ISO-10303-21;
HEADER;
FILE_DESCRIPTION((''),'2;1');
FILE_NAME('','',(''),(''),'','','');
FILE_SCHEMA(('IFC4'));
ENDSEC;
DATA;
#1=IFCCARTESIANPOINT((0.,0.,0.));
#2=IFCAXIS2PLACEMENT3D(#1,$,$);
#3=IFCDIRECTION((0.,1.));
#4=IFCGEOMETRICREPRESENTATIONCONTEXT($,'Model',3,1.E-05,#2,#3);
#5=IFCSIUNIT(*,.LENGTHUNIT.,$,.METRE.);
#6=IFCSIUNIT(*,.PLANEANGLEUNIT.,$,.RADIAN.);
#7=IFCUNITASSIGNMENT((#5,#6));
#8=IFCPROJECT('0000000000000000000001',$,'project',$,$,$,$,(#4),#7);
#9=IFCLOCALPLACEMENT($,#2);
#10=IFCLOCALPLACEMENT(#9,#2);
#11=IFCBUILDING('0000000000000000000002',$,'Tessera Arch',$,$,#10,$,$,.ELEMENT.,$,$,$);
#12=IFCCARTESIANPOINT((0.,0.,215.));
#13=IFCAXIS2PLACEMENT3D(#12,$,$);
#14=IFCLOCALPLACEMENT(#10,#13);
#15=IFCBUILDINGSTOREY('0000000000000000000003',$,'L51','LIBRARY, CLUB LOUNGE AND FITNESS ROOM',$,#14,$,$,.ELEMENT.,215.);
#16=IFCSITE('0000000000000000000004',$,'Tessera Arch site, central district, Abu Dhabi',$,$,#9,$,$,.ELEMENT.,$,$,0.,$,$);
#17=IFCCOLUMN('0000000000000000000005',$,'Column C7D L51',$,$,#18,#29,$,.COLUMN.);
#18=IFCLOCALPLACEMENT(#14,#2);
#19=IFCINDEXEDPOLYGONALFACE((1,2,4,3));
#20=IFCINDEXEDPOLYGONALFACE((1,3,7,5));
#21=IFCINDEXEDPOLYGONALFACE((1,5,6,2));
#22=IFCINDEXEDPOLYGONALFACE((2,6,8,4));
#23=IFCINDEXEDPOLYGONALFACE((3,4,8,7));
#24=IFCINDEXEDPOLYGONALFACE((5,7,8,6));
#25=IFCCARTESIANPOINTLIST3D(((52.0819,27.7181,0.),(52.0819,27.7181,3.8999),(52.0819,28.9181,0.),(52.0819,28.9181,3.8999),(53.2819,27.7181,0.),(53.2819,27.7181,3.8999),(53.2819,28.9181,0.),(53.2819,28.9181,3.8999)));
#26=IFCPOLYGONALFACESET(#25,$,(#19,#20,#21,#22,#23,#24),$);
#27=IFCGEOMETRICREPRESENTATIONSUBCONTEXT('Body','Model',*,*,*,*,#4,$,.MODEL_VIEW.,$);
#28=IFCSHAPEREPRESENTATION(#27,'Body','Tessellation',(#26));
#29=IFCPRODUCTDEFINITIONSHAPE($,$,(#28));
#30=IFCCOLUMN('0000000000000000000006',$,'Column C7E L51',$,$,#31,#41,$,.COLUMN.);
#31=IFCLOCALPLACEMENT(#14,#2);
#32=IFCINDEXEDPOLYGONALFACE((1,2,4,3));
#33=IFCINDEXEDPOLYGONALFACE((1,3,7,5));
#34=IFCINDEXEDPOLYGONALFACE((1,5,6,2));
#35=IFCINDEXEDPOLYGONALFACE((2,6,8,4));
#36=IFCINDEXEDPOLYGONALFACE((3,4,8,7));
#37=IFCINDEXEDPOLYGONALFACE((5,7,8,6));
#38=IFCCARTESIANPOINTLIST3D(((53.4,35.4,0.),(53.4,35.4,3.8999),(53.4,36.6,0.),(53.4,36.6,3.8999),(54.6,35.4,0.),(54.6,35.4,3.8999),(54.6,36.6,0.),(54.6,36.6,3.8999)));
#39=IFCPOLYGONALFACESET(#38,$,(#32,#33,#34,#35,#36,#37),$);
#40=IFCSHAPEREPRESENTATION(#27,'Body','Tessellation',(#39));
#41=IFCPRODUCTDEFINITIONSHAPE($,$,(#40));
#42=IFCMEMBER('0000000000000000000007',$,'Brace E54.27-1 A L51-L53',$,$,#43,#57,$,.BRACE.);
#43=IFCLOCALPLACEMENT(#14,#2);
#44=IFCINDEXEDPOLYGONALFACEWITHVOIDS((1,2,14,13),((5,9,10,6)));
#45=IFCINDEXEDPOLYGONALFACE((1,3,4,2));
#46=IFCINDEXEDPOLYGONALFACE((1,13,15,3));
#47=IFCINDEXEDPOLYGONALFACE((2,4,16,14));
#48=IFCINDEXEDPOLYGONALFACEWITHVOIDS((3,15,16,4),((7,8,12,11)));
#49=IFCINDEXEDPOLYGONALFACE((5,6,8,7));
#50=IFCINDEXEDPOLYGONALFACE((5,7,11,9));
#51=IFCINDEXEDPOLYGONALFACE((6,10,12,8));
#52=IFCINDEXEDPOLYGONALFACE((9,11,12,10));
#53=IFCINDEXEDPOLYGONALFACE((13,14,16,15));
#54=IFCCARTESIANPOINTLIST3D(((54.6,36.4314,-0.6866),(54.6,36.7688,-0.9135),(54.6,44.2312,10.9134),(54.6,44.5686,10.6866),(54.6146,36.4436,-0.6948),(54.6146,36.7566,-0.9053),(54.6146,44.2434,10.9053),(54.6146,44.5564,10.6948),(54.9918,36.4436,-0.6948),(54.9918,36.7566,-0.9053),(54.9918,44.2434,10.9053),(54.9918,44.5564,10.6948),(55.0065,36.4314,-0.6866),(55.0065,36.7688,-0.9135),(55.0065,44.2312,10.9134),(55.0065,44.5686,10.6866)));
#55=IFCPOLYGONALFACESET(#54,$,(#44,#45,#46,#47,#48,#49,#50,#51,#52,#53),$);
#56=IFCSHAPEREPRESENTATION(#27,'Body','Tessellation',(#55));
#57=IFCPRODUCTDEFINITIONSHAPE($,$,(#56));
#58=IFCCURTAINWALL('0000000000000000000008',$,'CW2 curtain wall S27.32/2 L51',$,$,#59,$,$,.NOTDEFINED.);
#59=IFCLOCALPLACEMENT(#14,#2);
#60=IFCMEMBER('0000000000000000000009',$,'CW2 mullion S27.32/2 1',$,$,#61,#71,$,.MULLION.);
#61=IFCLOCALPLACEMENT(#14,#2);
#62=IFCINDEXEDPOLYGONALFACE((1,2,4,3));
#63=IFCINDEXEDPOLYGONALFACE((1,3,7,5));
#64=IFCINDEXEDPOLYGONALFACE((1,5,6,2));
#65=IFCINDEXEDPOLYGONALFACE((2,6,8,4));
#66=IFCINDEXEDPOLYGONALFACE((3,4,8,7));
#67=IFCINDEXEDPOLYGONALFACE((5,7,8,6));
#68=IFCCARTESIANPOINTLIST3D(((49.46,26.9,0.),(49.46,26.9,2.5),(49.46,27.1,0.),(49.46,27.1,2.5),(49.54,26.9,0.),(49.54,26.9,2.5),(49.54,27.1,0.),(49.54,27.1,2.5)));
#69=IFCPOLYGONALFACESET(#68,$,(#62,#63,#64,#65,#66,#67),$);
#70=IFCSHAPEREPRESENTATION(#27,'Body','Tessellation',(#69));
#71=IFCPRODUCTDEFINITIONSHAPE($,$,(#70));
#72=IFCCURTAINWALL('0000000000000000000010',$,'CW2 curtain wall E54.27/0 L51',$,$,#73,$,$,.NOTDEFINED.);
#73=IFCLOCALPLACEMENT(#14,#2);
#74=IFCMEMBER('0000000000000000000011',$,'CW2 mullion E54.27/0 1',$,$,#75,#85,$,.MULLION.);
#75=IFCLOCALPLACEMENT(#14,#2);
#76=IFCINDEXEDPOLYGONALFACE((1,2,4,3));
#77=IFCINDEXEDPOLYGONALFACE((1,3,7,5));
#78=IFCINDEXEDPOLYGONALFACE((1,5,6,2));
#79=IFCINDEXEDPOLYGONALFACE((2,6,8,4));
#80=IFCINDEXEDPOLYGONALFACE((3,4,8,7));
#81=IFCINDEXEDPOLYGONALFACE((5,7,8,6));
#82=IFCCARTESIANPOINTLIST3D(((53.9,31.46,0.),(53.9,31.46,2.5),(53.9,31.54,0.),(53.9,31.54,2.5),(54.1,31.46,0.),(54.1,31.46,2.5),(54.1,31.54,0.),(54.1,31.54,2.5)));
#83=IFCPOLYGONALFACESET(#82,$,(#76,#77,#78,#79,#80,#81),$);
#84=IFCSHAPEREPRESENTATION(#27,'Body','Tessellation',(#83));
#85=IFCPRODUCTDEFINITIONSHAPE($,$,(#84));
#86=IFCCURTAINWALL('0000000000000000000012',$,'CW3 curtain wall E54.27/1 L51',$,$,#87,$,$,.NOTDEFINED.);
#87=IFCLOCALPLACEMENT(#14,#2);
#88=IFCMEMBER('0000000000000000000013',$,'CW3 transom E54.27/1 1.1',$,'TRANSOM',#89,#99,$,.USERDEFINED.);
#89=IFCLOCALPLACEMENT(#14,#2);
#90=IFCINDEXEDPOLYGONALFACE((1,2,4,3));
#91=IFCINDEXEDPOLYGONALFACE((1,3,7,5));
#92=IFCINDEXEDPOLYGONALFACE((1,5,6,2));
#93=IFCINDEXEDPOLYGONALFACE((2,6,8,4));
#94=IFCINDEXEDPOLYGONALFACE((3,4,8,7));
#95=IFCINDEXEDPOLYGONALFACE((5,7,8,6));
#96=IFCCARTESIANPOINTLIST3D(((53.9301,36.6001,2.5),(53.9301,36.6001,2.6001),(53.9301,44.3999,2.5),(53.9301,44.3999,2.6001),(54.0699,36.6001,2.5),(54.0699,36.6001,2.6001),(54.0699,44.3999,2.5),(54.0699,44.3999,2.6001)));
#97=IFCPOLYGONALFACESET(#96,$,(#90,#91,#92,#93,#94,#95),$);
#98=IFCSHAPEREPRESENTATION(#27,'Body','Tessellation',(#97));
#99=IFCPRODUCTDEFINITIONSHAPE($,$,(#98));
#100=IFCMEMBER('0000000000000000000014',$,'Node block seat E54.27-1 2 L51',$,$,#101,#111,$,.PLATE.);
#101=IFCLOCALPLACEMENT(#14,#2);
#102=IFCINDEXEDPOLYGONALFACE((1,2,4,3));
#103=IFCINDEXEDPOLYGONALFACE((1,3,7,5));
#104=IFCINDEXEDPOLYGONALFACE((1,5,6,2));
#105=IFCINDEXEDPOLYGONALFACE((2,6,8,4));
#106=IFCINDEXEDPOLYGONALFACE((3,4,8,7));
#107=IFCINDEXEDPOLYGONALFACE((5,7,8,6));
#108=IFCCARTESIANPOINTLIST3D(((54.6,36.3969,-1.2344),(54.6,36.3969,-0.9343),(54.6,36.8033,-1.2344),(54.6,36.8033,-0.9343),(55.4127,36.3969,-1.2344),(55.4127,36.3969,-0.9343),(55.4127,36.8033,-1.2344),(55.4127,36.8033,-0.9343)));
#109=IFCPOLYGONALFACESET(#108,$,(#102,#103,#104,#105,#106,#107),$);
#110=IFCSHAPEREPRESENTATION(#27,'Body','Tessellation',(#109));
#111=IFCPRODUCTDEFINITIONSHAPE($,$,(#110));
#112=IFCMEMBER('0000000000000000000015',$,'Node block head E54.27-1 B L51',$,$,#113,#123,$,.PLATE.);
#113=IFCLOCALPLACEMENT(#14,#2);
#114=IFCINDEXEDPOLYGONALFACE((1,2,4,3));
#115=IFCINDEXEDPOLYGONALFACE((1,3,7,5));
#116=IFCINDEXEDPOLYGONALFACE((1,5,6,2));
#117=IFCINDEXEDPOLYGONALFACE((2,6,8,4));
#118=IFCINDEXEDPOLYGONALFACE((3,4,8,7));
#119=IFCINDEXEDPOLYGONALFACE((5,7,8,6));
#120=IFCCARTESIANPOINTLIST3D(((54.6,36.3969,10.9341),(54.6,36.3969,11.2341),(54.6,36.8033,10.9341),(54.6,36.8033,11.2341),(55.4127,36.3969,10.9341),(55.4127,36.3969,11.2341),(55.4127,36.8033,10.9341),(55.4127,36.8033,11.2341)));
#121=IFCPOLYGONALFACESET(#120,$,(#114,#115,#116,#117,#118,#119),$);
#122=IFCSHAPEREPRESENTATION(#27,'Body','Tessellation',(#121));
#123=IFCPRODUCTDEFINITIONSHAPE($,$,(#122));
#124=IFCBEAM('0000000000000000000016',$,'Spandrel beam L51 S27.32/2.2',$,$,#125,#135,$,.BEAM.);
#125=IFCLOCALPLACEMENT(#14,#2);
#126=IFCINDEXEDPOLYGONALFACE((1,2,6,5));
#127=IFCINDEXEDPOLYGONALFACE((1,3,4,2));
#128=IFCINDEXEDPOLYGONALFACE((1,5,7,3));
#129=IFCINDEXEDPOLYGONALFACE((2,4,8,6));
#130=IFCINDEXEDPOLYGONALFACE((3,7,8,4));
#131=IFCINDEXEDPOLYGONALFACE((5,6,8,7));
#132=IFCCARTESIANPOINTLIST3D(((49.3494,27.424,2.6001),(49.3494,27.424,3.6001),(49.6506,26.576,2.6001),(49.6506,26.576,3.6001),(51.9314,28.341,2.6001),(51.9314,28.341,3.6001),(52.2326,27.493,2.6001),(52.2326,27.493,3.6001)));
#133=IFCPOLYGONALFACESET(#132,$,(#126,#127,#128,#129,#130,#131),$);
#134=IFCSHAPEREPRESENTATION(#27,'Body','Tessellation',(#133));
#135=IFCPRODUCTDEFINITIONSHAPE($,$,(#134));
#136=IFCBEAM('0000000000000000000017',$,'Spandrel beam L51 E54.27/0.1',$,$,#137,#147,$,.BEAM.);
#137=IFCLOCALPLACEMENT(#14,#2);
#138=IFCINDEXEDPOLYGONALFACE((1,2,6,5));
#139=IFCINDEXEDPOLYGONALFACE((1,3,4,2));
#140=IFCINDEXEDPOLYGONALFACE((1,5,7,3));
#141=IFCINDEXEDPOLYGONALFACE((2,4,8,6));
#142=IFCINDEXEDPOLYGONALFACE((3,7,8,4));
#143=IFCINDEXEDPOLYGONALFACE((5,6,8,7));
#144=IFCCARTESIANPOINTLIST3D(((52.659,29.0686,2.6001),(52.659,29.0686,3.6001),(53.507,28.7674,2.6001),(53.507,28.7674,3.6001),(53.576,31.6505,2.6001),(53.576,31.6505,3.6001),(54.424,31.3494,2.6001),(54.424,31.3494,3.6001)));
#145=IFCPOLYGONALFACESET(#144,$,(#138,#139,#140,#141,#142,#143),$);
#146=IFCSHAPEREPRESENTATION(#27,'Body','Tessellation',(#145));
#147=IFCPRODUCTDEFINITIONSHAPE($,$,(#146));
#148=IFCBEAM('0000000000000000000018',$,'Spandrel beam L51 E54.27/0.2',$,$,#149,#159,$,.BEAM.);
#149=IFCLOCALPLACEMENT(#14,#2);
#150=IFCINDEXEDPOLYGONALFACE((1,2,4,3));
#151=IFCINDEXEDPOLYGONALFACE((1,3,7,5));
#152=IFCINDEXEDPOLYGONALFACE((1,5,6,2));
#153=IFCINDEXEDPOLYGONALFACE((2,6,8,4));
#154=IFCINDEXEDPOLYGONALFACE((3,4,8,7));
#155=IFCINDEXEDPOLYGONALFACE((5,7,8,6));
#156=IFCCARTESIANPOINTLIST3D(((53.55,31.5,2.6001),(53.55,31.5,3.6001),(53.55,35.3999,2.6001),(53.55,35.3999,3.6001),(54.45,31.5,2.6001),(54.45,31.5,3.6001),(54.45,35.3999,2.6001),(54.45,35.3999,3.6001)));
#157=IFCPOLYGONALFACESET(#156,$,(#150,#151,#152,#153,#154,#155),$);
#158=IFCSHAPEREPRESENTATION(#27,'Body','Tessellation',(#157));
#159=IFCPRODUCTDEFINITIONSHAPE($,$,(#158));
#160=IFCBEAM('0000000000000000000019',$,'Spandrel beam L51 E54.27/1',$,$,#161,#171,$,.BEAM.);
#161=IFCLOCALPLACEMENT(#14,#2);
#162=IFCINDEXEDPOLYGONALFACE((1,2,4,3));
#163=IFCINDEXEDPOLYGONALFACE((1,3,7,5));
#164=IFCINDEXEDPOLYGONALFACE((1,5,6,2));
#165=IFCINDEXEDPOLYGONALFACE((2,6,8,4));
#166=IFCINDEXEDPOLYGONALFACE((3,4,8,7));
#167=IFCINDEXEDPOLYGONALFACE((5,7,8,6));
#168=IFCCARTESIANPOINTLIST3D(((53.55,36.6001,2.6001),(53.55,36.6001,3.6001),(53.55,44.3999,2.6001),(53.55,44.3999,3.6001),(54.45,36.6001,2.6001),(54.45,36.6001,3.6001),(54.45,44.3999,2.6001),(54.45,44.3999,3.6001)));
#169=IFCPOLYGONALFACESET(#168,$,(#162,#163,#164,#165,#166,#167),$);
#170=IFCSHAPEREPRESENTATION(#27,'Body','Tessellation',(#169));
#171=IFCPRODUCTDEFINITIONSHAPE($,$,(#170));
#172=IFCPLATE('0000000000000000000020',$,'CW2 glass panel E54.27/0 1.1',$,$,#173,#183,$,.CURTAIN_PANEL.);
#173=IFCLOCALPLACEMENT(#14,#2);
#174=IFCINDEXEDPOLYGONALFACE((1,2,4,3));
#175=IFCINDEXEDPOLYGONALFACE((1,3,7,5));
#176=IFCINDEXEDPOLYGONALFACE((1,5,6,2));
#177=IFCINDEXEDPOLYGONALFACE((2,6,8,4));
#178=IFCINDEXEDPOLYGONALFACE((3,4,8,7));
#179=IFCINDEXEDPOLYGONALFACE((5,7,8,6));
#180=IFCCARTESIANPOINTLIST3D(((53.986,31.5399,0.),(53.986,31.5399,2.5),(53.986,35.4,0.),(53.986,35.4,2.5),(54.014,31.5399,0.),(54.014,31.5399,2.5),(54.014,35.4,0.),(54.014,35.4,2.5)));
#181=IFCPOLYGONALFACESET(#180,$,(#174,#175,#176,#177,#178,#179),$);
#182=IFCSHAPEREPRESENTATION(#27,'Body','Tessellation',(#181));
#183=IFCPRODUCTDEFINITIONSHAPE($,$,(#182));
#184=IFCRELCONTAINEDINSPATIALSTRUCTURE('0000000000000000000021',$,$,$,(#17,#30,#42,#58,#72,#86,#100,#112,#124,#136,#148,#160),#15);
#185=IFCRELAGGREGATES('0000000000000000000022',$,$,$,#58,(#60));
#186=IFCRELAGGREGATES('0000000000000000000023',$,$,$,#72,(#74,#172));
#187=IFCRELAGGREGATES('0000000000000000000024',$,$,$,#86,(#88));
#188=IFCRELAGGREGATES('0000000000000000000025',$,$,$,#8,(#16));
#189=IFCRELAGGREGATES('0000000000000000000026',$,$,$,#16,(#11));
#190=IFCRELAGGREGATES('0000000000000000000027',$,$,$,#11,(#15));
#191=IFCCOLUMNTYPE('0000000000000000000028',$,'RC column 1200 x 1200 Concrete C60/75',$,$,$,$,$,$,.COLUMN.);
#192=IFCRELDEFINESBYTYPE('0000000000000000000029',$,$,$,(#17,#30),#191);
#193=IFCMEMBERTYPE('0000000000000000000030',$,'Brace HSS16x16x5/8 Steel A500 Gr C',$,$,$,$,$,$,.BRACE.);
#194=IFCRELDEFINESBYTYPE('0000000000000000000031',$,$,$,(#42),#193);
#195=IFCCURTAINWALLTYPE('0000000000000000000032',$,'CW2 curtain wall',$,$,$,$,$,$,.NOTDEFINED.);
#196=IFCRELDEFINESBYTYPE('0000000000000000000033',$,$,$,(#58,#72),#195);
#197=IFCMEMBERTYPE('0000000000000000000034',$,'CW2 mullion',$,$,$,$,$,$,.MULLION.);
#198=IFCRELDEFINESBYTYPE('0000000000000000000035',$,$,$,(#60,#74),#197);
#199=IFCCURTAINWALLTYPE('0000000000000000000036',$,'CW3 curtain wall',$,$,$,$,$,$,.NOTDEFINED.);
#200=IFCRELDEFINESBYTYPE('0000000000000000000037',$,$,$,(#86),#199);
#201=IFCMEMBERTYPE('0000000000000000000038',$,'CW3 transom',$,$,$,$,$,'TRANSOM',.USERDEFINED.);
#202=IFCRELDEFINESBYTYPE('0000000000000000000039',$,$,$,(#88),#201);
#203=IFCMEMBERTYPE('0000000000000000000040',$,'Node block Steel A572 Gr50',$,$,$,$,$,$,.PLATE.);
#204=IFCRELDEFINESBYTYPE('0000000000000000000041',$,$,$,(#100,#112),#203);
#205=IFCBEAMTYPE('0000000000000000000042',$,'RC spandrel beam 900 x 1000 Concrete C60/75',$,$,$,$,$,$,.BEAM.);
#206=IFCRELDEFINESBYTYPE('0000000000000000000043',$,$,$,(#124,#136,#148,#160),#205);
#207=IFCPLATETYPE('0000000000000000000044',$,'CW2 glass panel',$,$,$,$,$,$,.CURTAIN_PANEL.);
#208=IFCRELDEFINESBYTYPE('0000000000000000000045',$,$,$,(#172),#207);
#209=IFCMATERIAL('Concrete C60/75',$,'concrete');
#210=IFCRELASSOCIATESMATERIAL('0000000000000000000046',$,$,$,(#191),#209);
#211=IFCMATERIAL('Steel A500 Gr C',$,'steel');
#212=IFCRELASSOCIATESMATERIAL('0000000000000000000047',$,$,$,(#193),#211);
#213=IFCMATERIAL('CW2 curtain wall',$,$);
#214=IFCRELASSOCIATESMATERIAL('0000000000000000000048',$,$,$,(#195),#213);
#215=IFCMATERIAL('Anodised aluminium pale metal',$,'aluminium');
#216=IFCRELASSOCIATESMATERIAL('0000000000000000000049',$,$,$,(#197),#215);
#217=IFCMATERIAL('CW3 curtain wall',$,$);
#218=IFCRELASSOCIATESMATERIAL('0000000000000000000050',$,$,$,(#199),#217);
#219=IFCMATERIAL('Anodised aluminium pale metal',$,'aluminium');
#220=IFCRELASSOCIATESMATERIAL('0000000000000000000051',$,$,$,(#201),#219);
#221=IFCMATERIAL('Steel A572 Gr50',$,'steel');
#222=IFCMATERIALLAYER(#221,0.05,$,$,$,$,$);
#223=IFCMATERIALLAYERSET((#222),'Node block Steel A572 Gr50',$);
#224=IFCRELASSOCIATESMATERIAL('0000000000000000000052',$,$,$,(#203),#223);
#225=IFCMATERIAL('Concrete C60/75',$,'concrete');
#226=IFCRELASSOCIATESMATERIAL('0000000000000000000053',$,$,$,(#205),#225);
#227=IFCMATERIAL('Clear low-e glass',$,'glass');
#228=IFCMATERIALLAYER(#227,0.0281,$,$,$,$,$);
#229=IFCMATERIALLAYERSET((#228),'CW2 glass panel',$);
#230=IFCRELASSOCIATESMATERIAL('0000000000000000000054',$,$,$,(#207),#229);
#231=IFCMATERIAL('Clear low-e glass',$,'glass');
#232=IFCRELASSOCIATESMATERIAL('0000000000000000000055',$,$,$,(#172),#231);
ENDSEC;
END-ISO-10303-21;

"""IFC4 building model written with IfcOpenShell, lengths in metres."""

from ifc_helpers import new_model, si_unit, direction, frame, origin, origin_2d, place, context, subcontext, project, spatial, rectangle, hollow_rectangle, extrude, material, layer, layer_set, material_profile, profile_set, type_object, element, aggregate, save


model = new_model("IFC4")

# Units and contexts
model_context = context("Model", 3, precision=1e-05, world=origin(), true_north=direction((0.0, 1.0)))
body_context = subcontext(model_context, "Body", "Model", "MODEL_VIEW")
ifc_project = project(units=[si_unit("LENGTHUNIT", "METRE"), si_unit("PLANEANGLEUNIT", "RADIAN")], contexts=[model_context])

# Site, building, storey
site_placement = place(None, origin())
site = spatial("IfcSite", under=ifc_project, at=site_placement, Name="Tessera Arch site, central district, Abu Dhabi", CompositionType="ELEMENT", RefElevation=0.0)
building_placement = place(site_placement, origin())
building = spatial("IfcBuilding", under=site, at=building_placement, Name="Tessera Arch", CompositionType="ELEMENT")
storey_placement = place(building_placement, frame((0.0, 0.0, 215.0)))
storey = spatial("IfcBuildingStorey", under=building, at=storey_placement, Name="L51", Description="LIBRARY, CLUB LOUNGE AND FITNESS ROOM", CompositionType="ELEMENT", Elevation=215.0)

# Columns
ifc_material_1 = material(Name="Concrete C60/75", Category="concrete")
ifc_material_profile_1 = material_profile(ifc_material_1, rectangle(XDim=1.2, YDim=1.2, at=origin_2d()), Name="RC column 1200 x 1200 Concrete C60/75")
ifc_profile_set_1 = profile_set([ifc_material_profile_1], Name="Concrete C60/75")
column_type = type_object("IfcColumnType", Name="RC column 1200 x 1200 Concrete C60/75", PredefinedType="COLUMN", material=ifc_profile_set_1)
for number, where, z_axis, x_axis, name in (
    (1, (52.6819, 28.3181, 0.0), (0.0, 0.0, 1.0), (1.0, 0.0, 0.0), "Column C7D L51"),
    (2, (54.0, 36.0, 0.0), (0.0, 0.0, 1.0), (1.0, 0.0, 0.0), "Column C7E L51"),
):
    element("IfcColumn", number, at=place(storey_placement, frame(where, z_axis=z_axis, x_axis=x_axis)), inside=storey, type_object=column_type, Name=name, PredefinedType="COLUMN", context=body_context, shape_type="SweptSolid", body=[
        extrude(rectangle(XDim=1.2, YDim=1.2, at=origin_2d()), origin(), (0.0, 0.0, 1.0), 3.8999),
    ])

# Member
ifc_material_2 = material(Name="Steel A500 Gr C", Category="steel")
ifc_material_profile_2 = material_profile(ifc_material_2, hollow_rectangle(XDim=0.4065, YDim=0.4065, WallThickness=0.0146, at=origin_2d()), Name="HSS16x16x5/8")
ifc_profile_set_2 = profile_set([ifc_material_profile_2], Name="Steel A500 Gr C")
member_type_1 = type_object("IfcMemberType", Name="Brace HSS16x16x5/8 Steel A500 Gr C", PredefinedType="BRACE", material=ifc_profile_set_2)
member_1_placement = place(storey_placement, frame((54.8032, 36.6001, -0.8), z_axis=(0.0, 0.557985, 0.829851), x_axis=(-1.0, 0.0, 0.0)))
element("IfcMember", 3, at=member_1_placement, inside=storey, type_object=member_type_1, Name="Brace E54.27-1 A L51-L53", PredefinedType="BRACE", context=body_context, shape_type="SweptSolid", body=[
    extrude(hollow_rectangle(XDim=0.4065, YDim=0.4065, WallThickness=0.0146, at=origin_2d()), origin(), (0.0, 0.0, 1.0), 13.9785),
])

# Curtain walls, members
ifc_material_3 = material(Name="CW2 curtain wall")
curtain_wall_type_1 = type_object("IfcCurtainWallType", Name="CW2 curtain wall", PredefinedType="NOTDEFINED", material=ifc_material_3)
curtain_wall_1_placement = place(storey_placement, origin())
curtain_wall_1 = element("IfcCurtainWall", 4, at=curtain_wall_1_placement, inside=storey, type_object=curtain_wall_type_1, Name="CW2 curtain wall S27.32/2 L51", PredefinedType="NOTDEFINED")
ifc_material_4 = material(Name="Anodised aluminium pale metal", Category="aluminium")
ifc_material_profile_3 = material_profile(ifc_material_4, rectangle(XDim=0.2, YDim=0.0801, at=origin_2d()), Name="AL 80x200")
ifc_profile_set_3 = profile_set([ifc_material_profile_3], Name="Anodised aluminium pale metal")
member_type_2 = type_object("IfcMemberType", Name="CW2 mullion", PredefinedType="MULLION", material=ifc_profile_set_3)
member_2_placement = place(storey_placement, frame((49.5, 27.0, 0.0), z_axis=(0.0, 0.0, 1.0), x_axis=(0.0, 1.0, 0.0)))
member_2 = element("IfcMember", 5, at=member_2_placement, type_object=member_type_2, Name="CW2 mullion S27.32/2 1", PredefinedType="MULLION", context=body_context, shape_type="SweptSolid", body=[
    extrude(rectangle(XDim=0.2, YDim=0.0801, at=origin_2d()), origin(), (0.0, 0.0, 1.0), 2.5),
])
aggregate(curtain_wall_1, [member_2])
curtain_wall_2_placement = place(storey_placement, origin())
curtain_wall_2 = element("IfcCurtainWall", 6, at=curtain_wall_2_placement, inside=storey, type_object=curtain_wall_type_1, Name="CW2 curtain wall E54.27/0 L51", PredefinedType="NOTDEFINED")
member_3_placement = place(storey_placement, frame((54.0, 31.5, 0.0), z_axis=(0.0, 0.0, 1.0), x_axis=(-1.0, 0.0, 0.0)))
member_3 = element("IfcMember", 7, at=member_3_placement, type_object=member_type_2, Name="CW2 mullion E54.27/0 1", PredefinedType="MULLION", context=body_context, shape_type="SweptSolid", body=[
    extrude(rectangle(XDim=0.2, YDim=0.0801, at=origin_2d()), origin(), (0.0, 0.0, 1.0), 2.5),
])
ifc_material_5 = material(Name="CW3 curtain wall")
curtain_wall_type_2 = type_object("IfcCurtainWallType", Name="CW3 curtain wall", PredefinedType="NOTDEFINED", material=ifc_material_5)
curtain_wall_3_placement = place(storey_placement, origin())
curtain_wall_3 = element("IfcCurtainWall", 8, at=curtain_wall_3_placement, inside=storey, type_object=curtain_wall_type_2, Name="CW3 curtain wall E54.27/1 L51", PredefinedType="NOTDEFINED")
ifc_material_6 = material(Name="Anodised aluminium pale metal", Category="aluminium")
ifc_material_profile_4 = material_profile(ifc_material_6, rectangle(XDim=0.1399, YDim=0.1001, at=origin_2d()), Name="AL 140x100")
ifc_profile_set_4 = profile_set([ifc_material_profile_4], Name="Anodised aluminium pale metal")
member_type_3 = type_object("IfcMemberType", Name="CW3 transom", ElementType="TRANSOM", PredefinedType="USERDEFINED", material=ifc_profile_set_4)
member_4_placement = place(storey_placement, frame((54.0, 36.6001, 2.55), z_axis=(0.0, 1.0, 0.0), x_axis=(-1.0, 0.0, 0.0)))
member_4 = element("IfcMember", 9, at=member_4_placement, type_object=member_type_3, Name="CW3 transom E54.27/1 1.1", ObjectType="TRANSOM", PredefinedType="USERDEFINED", context=body_context, shape_type="SweptSolid", body=[
    extrude(rectangle(XDim=0.1399, YDim=0.1001, at=origin_2d()), origin(), (0.0, 0.0, 1.0), 7.7998),
])

# Members
ifc_material_7 = material(Name="Steel A572 Gr50", Category="steel")
ifc_layer_1 = layer(ifc_material_7, 0.05)
ifc_layer_set_1 = layer_set([ifc_layer_1], Name="Node block Steel A572 Gr50")
member_type_4 = type_object("IfcMemberType", Name="Node block Steel A572 Gr50", PredefinedType="PLATE", material=ifc_layer_set_1)
for number, where, z_axis, x_axis, name in (
    (10, (55.0063, 36.6001, -1.2344), (0.0, 0.0, 1.0), (0.0, 1.0, 0.0), "Node block seat E54.27-1 2 L51"),
    (11, (55.0063, 36.6001, 10.9341), (0.0, 0.0, 1.0), (0.0, 1.0, 0.0), "Node block head E54.27-1 B L51"),
):
    element("IfcMember", number, at=place(storey_placement, frame(where, z_axis=z_axis, x_axis=x_axis)), inside=storey, type_object=member_type_4, Name=name, PredefinedType="PLATE", context=body_context, shape_type="SweptSolid", body=[
        extrude(rectangle(XDim=0.4065, YDim=0.8127, at=origin_2d()), origin(), (0.0, 0.0, 1.0), 0.3),
    ])

# Beams
ifc_material_8 = material(Name="Concrete C60/75", Category="concrete")
ifc_material_profile_5 = material_profile(ifc_material_8, rectangle(XDim=0.8999, YDim=1.0, at=origin_2d()), Name="RC spandrel beam 900 x 1000 Concrete C60/75")
ifc_profile_set_5 = profile_set([ifc_material_profile_5], Name="Concrete C60/75")
beam_type = type_object("IfcBeamType", Name="RC spandrel beam 900 x 1000 Concrete C60/75", PredefinedType="BEAM", material=ifc_profile_set_5)
for number, where, z_axis, x_axis, name in (
    (12, (49.5, 27.0, 3.1001), (0.942337, 0.334665, 0.0), (-0.334665, 0.942337, 0.0), "Spandrel beam L51 S27.32/2.2"),
    (13, (53.083, 28.918, 3.1001), (0.334665, 0.942337, 0.0), (-0.942337, 0.334665, 0.0), "Spandrel beam L51 E54.27/0.1"),
):
    element("IfcBeam", number, at=place(storey_placement, frame(where, z_axis=z_axis, x_axis=x_axis)), inside=storey, type_object=beam_type, Name=name, PredefinedType="BEAM", context=body_context, shape_type="SweptSolid", body=[
        extrude(rectangle(XDim=0.8999, YDim=1.0, at=origin_2d()), origin(), (0.0, 0.0, 1.0), 2.74),
    ])
beam_1_placement = place(storey_placement, frame((54.0, 31.5, 3.1001), z_axis=(0.0, 1.0, 0.0), x_axis=(-1.0, 0.0, 0.0)))
element("IfcBeam", 14, at=beam_1_placement, inside=storey, type_object=beam_type, Name="Spandrel beam L51 E54.27/0.2", PredefinedType="BEAM", context=body_context, shape_type="SweptSolid", body=[
    extrude(rectangle(XDim=0.8999, YDim=1.0, at=origin_2d()), origin(), (0.0, 0.0, 1.0), 3.8999),
])
beam_2_placement = place(storey_placement, frame((54.0, 36.6001, 3.1001), z_axis=(0.0, 1.0, 0.0), x_axis=(-1.0, 0.0, 0.0)))
element("IfcBeam", 15, at=beam_2_placement, inside=storey, type_object=beam_type, Name="Spandrel beam L51 E54.27/1", PredefinedType="BEAM", context=body_context, shape_type="SweptSolid", body=[
    extrude(rectangle(XDim=0.8999, YDim=1.0, at=origin_2d()), origin(), (0.0, 0.0, 1.0), 7.7998),
])

# Plate
ifc_material_9 = material(Name="Clear low-e glass", Category="glass")
ifc_material_10 = material(Name="Clear low-e glass", Category="glass")
ifc_layer_2 = layer(ifc_material_10, 0.0281)
ifc_layer_set_2 = layer_set([ifc_layer_2], Name="CW2 glass panel")
plate_type_1 = type_object("IfcPlateType", Name="CW2 glass panel", PredefinedType="CURTAIN_PANEL", material=ifc_layer_set_2)
plate_1_placement = place(storey_placement, frame((54.0, 33.47, 0.0), z_axis=(0.0, 0.0, 1.0), x_axis=(0.0, 1.0, 0.0)))
plate_1 = element("IfcPlate", 16, at=plate_1_placement, type_object=plate_type_1, material=ifc_material_9, Name="CW2 glass panel E54.27/0 1.1", PredefinedType="CURTAIN_PANEL", context=body_context, shape_type="SweptSolid", body=[
    extrude(rectangle(XDim=3.8601, YDim=0.0281, at=origin_2d()), origin(), (0.0, 0.0, 1.0), 2.5),
])
aggregate(curtain_wall_2, [member_3, plate_1])
aggregate(curtain_wall_3, [member_4])

save(model, "model.ifc")
